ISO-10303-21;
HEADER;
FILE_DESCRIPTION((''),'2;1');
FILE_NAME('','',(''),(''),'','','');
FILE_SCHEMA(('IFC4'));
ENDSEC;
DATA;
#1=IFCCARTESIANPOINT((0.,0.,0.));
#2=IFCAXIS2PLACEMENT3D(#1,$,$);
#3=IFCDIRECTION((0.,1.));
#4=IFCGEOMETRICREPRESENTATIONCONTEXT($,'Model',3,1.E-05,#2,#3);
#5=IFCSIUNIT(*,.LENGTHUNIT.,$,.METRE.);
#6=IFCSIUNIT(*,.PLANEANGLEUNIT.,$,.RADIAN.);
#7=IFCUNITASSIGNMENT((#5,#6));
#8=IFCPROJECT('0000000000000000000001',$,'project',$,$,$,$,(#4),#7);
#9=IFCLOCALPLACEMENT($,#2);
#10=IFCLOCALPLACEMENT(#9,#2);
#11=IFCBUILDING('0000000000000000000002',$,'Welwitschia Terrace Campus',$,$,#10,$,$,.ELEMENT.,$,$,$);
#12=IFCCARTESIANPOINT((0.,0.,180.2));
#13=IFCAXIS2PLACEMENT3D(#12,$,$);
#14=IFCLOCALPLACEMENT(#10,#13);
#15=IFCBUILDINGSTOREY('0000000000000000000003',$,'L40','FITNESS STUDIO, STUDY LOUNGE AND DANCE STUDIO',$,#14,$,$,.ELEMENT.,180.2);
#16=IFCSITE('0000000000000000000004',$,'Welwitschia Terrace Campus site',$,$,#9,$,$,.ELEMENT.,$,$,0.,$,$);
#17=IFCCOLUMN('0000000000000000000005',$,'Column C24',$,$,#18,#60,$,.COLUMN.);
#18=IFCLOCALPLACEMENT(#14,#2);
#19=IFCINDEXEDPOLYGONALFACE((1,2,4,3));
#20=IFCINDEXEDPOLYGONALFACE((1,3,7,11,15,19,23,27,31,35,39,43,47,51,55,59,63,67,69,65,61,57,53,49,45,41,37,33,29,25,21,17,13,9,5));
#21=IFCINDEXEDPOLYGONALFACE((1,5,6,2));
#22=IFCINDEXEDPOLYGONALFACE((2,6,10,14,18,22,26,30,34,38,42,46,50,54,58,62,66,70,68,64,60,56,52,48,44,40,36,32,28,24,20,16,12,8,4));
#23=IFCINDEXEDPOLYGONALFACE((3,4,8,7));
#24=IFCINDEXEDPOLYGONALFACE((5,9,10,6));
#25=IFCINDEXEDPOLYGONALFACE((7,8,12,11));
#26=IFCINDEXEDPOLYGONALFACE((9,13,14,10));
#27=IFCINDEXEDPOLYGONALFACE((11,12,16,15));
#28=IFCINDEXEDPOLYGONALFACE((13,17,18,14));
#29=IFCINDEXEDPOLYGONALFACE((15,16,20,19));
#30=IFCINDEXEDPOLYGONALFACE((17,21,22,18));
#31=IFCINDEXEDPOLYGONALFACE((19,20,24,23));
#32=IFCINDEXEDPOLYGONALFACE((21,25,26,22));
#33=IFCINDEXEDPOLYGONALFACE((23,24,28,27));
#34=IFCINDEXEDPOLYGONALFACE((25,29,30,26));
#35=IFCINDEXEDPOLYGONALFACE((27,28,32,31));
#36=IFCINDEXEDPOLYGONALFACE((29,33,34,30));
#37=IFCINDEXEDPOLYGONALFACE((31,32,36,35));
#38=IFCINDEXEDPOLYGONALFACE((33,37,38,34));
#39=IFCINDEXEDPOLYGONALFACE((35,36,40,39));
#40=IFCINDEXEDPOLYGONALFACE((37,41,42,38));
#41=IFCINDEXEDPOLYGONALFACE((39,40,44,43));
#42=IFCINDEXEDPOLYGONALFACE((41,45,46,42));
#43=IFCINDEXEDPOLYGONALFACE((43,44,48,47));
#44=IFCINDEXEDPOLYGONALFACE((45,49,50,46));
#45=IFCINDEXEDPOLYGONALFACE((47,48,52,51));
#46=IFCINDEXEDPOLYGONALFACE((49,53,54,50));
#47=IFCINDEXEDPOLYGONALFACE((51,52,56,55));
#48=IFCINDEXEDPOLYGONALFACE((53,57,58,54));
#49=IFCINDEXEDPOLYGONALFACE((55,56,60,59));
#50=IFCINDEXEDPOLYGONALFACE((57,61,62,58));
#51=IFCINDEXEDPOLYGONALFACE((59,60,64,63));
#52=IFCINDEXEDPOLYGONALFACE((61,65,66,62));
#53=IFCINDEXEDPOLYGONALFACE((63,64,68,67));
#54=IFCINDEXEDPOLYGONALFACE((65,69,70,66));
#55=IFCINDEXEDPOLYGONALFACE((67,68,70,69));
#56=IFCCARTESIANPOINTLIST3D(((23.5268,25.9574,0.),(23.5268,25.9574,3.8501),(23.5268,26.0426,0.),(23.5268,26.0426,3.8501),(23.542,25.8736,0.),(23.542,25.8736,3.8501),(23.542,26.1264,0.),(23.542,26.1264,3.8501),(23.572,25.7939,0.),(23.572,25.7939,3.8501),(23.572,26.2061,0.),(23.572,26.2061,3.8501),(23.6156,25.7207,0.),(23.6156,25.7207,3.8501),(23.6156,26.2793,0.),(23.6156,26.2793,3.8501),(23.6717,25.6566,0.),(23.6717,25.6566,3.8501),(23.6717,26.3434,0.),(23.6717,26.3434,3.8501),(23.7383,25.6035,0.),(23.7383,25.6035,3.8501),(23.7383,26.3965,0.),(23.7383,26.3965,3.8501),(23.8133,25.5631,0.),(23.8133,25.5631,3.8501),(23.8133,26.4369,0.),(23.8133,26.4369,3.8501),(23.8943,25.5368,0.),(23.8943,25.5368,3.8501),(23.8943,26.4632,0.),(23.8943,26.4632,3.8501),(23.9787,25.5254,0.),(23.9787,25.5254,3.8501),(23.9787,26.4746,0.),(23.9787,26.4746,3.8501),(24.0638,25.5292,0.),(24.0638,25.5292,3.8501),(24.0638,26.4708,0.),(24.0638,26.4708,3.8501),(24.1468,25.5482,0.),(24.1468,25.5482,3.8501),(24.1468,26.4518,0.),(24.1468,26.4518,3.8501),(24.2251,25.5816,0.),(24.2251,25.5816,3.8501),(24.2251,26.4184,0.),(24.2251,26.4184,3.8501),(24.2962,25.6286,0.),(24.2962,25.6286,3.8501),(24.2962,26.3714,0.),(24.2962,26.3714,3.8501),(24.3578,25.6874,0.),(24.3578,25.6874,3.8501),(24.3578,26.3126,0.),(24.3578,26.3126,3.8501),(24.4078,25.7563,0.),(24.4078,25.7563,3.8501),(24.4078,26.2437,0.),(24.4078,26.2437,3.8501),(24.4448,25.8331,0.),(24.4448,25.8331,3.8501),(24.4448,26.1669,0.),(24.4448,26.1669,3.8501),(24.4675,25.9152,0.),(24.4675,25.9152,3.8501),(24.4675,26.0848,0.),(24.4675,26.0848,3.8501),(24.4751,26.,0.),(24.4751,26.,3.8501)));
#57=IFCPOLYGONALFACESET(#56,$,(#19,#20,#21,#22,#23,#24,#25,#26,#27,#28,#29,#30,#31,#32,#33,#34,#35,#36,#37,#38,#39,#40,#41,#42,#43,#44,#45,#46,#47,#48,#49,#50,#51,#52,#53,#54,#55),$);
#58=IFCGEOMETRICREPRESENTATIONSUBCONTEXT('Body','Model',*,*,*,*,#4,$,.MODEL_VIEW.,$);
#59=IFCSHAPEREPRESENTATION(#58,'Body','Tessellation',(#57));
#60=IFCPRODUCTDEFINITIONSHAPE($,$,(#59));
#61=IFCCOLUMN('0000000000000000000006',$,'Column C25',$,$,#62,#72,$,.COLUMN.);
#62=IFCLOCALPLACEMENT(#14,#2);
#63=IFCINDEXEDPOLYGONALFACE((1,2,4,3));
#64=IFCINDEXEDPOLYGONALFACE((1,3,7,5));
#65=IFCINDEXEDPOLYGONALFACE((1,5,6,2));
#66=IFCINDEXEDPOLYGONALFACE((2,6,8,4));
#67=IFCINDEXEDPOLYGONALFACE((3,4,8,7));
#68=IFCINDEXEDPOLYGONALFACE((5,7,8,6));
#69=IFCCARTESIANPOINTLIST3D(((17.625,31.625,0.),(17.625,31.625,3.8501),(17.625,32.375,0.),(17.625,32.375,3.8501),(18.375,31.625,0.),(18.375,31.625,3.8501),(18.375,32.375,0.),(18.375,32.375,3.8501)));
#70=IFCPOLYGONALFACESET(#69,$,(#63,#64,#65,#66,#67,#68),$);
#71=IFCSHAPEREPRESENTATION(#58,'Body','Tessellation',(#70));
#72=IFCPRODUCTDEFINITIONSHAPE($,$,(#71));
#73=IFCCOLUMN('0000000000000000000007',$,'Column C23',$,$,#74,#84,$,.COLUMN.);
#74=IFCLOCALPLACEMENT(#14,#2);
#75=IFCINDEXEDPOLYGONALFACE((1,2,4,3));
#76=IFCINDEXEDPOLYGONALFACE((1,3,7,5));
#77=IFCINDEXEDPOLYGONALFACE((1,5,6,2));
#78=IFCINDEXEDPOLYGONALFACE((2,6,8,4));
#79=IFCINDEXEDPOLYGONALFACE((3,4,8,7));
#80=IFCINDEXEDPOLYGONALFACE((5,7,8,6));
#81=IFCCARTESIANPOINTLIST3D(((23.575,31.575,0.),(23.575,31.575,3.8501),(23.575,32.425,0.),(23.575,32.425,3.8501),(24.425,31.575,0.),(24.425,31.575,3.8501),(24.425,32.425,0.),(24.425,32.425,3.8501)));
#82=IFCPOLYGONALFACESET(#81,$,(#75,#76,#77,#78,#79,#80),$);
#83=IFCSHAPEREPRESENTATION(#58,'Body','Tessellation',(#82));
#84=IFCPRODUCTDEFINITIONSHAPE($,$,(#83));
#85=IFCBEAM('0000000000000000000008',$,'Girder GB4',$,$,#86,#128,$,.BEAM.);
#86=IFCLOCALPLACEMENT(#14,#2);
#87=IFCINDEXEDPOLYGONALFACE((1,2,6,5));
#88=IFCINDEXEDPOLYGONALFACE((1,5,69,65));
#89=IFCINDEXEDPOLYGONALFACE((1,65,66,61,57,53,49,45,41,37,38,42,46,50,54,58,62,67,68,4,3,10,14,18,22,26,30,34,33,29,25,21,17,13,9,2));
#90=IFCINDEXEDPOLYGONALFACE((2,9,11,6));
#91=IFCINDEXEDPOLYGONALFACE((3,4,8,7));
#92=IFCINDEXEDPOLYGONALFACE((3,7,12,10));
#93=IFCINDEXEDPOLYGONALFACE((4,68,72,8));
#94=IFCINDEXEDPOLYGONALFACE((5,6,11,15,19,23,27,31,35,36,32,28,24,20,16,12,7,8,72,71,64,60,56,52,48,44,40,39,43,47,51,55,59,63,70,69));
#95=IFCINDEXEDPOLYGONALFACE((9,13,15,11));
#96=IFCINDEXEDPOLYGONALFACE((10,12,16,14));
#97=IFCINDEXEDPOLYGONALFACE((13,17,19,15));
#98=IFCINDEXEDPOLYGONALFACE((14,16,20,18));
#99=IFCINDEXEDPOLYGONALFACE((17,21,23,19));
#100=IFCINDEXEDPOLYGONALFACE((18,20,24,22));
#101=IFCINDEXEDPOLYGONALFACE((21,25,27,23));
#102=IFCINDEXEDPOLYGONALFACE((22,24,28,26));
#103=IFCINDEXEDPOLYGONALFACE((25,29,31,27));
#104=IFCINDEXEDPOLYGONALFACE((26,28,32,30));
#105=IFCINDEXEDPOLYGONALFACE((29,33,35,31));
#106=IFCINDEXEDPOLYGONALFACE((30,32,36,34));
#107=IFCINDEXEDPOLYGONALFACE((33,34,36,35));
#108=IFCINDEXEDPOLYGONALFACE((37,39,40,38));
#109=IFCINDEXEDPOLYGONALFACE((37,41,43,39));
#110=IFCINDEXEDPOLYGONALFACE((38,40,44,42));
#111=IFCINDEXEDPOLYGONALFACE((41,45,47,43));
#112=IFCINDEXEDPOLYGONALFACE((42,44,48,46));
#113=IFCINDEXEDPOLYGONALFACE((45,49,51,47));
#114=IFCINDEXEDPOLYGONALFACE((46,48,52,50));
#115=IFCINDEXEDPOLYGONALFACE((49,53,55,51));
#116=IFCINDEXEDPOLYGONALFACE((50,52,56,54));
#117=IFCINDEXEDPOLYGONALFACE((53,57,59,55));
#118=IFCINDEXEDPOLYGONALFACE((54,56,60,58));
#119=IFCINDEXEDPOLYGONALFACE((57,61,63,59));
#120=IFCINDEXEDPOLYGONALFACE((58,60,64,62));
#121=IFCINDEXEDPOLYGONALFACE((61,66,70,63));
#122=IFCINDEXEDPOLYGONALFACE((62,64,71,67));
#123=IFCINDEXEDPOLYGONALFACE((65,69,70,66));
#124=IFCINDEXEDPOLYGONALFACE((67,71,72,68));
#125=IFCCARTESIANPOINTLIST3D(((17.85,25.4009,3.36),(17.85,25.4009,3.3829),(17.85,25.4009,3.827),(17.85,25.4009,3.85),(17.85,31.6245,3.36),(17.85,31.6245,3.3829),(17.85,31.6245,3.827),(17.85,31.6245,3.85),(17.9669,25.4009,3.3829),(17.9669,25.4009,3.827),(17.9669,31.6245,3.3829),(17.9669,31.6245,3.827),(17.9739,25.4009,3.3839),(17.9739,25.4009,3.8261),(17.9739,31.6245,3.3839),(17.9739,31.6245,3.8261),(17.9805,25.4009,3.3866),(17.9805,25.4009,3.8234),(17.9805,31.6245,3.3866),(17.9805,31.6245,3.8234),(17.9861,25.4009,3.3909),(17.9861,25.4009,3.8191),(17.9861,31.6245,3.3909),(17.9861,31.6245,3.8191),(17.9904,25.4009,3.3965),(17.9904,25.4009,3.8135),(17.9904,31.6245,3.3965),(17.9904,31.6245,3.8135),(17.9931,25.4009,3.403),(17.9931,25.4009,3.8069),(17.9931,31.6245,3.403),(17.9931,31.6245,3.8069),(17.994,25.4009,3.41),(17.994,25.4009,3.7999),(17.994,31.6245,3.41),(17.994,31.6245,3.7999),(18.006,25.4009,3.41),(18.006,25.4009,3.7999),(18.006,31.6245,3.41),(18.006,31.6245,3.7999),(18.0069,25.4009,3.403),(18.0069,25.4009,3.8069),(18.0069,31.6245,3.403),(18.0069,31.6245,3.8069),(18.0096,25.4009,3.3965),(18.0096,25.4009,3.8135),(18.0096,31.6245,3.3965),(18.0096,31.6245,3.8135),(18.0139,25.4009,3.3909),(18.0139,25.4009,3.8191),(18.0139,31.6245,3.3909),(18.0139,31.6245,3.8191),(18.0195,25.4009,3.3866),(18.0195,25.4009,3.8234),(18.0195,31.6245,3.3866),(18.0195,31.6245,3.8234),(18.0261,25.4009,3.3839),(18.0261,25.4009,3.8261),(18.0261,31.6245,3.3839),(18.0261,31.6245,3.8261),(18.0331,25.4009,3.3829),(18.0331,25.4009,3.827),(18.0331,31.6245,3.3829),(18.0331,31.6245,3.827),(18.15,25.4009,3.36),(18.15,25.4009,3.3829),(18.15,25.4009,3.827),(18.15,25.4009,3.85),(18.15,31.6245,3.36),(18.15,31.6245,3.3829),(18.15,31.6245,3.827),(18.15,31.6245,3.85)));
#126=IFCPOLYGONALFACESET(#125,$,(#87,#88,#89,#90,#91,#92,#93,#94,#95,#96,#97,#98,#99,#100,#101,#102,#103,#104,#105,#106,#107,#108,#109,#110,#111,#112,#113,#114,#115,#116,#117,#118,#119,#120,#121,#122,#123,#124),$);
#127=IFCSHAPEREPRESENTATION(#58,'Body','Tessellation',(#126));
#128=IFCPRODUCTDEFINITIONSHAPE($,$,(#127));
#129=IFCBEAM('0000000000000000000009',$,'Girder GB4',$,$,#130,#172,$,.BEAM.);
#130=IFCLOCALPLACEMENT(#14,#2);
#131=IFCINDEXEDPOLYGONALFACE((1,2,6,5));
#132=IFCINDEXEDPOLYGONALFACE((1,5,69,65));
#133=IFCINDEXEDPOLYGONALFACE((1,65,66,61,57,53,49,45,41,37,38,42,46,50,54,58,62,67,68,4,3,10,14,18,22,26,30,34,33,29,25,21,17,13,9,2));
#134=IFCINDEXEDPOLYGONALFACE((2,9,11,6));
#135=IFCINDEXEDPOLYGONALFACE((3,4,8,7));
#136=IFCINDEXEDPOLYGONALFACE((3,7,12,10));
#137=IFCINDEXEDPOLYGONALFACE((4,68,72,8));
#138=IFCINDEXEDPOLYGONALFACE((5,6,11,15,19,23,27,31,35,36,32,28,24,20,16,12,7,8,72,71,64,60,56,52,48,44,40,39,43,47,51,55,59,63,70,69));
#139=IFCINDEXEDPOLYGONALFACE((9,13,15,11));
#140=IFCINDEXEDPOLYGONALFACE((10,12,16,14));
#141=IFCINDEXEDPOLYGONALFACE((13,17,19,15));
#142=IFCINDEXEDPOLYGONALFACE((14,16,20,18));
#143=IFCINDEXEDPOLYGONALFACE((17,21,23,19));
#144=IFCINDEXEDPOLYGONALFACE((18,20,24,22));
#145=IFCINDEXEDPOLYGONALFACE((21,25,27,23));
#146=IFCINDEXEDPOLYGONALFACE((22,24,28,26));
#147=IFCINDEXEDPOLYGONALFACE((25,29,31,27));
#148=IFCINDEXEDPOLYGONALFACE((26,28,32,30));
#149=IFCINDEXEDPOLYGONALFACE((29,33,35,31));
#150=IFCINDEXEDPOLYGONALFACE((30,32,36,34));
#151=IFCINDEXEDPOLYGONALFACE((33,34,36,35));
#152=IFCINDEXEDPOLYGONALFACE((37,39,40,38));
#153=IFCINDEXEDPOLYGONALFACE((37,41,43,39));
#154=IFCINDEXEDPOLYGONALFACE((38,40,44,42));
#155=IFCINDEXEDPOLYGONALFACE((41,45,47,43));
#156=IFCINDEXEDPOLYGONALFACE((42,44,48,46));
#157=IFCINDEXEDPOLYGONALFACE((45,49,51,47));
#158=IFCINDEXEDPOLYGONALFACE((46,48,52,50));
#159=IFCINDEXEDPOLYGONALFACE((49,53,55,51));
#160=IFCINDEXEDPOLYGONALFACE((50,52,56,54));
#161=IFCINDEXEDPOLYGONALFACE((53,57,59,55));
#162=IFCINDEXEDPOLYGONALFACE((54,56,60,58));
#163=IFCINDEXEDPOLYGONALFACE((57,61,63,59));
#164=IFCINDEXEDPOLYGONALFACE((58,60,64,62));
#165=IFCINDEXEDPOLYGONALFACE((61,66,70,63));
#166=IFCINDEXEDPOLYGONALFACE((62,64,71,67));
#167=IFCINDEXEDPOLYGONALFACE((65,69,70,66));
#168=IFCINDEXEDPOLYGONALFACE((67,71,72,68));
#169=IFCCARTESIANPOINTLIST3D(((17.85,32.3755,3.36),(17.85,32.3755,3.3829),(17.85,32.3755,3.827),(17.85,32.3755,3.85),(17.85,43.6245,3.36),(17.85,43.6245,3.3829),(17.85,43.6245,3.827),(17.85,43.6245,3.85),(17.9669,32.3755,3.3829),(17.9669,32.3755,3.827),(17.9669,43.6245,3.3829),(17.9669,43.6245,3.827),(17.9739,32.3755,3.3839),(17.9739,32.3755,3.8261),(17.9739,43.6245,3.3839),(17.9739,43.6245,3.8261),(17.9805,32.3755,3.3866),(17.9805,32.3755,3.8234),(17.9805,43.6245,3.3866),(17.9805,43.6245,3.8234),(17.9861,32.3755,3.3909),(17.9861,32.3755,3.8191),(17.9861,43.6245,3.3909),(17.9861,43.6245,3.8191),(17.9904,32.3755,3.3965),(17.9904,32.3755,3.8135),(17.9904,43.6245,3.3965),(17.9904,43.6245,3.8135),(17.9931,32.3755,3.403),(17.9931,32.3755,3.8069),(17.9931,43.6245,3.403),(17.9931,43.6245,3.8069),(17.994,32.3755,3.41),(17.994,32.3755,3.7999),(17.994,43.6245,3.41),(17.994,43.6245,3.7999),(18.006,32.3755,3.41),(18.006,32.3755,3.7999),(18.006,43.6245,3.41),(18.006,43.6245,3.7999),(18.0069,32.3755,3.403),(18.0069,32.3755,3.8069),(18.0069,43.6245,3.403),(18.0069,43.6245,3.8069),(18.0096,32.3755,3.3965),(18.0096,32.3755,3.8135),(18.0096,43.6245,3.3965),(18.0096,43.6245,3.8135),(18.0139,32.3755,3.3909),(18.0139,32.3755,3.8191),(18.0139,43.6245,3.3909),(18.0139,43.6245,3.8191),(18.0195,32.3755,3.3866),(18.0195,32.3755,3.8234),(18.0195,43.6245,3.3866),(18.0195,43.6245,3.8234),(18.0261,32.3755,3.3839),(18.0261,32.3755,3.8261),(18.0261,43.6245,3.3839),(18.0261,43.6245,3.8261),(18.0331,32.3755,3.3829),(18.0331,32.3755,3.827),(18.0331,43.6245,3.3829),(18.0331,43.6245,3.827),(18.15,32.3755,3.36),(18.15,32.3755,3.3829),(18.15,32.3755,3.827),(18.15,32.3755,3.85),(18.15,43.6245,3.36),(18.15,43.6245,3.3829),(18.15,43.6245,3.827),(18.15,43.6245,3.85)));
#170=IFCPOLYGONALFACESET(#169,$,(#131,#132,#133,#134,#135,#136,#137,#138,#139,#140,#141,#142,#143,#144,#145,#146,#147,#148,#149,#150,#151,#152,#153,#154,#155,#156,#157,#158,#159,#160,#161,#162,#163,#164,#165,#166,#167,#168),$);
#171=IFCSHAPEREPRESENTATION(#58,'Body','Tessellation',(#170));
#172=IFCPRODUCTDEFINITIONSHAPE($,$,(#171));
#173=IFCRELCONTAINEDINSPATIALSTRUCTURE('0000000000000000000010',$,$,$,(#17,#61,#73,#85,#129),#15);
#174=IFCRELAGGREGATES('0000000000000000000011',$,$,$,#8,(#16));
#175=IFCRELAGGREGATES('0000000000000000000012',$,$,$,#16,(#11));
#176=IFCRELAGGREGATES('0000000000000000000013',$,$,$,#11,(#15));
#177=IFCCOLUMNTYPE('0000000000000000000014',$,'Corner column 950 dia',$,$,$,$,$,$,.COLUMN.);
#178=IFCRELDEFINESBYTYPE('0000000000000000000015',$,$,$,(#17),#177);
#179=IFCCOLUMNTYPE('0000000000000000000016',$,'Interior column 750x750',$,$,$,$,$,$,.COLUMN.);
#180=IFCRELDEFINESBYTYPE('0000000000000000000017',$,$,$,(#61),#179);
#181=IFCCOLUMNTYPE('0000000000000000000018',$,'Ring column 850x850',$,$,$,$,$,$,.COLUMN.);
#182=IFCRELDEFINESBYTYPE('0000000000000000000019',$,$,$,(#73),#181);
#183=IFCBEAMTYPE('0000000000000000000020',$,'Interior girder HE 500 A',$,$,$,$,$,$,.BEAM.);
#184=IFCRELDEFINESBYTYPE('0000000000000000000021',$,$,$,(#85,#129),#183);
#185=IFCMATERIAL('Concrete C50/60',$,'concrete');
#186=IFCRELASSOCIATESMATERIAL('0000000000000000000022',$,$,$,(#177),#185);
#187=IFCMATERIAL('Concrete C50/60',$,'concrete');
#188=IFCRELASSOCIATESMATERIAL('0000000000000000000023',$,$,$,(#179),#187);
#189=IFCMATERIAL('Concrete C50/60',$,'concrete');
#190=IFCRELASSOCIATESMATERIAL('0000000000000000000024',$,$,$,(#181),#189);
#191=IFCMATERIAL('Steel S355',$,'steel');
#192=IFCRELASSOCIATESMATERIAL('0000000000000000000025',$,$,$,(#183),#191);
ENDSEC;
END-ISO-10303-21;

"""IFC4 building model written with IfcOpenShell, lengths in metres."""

from ifc_helpers import new_model, si_unit, direction, frame, origin, origin_2d, place, context, subcontext, project, spatial, rectangle, circle, i_section, extrude, material, material_profile, profile_set, type_object, element, save


model = new_model("IFC4")

# Units and contexts
model_context = context("Model", 3, precision=1e-05, world=origin(), true_north=direction((0.0, 1.0)))
body_context = subcontext(model_context, "Body", "Model", "MODEL_VIEW")
ifc_project = project(units=[si_unit("LENGTHUNIT", "METRE"), si_unit("PLANEANGLEUNIT", "RADIAN")], contexts=[model_context])

# Site, building, storey
site_placement = place(None, origin())
site = spatial("IfcSite", under=ifc_project, at=site_placement, Name="Welwitschia Terrace Campus site", CompositionType="ELEMENT", RefElevation=0.0)
building_placement = place(site_placement, origin())
building = spatial("IfcBuilding", under=site, at=building_placement, Name="Welwitschia Terrace Campus", CompositionType="ELEMENT")
storey_placement = place(building_placement, frame((0.0, 0.0, 180.2)))
storey = spatial("IfcBuildingStorey", under=building, at=storey_placement, Name="L40", Description="FITNESS STUDIO, STUDY LOUNGE AND DANCE STUDIO", CompositionType="ELEMENT", Elevation=180.2)

# Columns
ifc_material_1 = material(Name="Concrete C50/60", Category="concrete")
ifc_material_profile_1 = material_profile(ifc_material_1, circle(Radius=0.4751, at=origin_2d()))
ifc_profile_set_1 = profile_set([ifc_material_profile_1], Name="Concrete C50/60")
column_type_1 = type_object("IfcColumnType", Name="Corner column 950 dia", PredefinedType="COLUMN", material=ifc_profile_set_1)
column_1_placement = place(storey_placement, frame((24.0, 26.0, 0.0), z_axis=(0.0, 0.0, 1.0), x_axis=(1.0, 0.0, 0.0)))
element("IfcColumn", 1, at=column_1_placement, inside=storey, type_object=column_type_1, Name="Column C24", PredefinedType="COLUMN", context=body_context, shape_type="SweptSolid", body=[
    extrude(circle(Radius=0.4751, at=origin_2d()), origin(), (0.0, 0.0, 1.0), 3.8501),
])
ifc_material_2 = material(Name="Concrete C50/60", Category="concrete")
ifc_material_profile_2 = material_profile(ifc_material_2, rectangle(XDim=0.75, YDim=0.75, at=origin_2d()))
ifc_profile_set_2 = profile_set([ifc_material_profile_2], Name="Concrete C50/60")
column_type_2 = type_object("IfcColumnType", Name="Interior column 750x750", PredefinedType="COLUMN", material=ifc_profile_set_2)
column_2_placement = place(storey_placement, frame((18.0, 32.0, 0.0), z_axis=(0.0, 0.0, 1.0), x_axis=(1.0, 0.0, 0.0)))
element("IfcColumn", 2, at=column_2_placement, inside=storey, type_object=column_type_2, Name="Column C25", PredefinedType="COLUMN", context=body_context, shape_type="SweptSolid", body=[
    extrude(rectangle(XDim=0.75, YDim=0.75, at=origin_2d()), origin(), (0.0, 0.0, 1.0), 3.8501),
])
ifc_material_3 = material(Name="Concrete C50/60", Category="concrete")
ifc_material_profile_3 = material_profile(ifc_material_3, rectangle(XDim=0.8501, YDim=0.8501, at=origin_2d()))
ifc_profile_set_3 = profile_set([ifc_material_profile_3], Name="Concrete C50/60")
column_type_3 = type_object("IfcColumnType", Name="Ring column 850x850", PredefinedType="COLUMN", material=ifc_profile_set_3)
column_3_placement = place(storey_placement, frame((24.0, 32.0, 0.0), z_axis=(0.0, 0.0, 1.0), x_axis=(1.0, 0.0, 0.0)))
element("IfcColumn", 3, at=column_3_placement, inside=storey, type_object=column_type_3, Name="Column C23", PredefinedType="COLUMN", context=body_context, shape_type="SweptSolid", body=[
    extrude(rectangle(XDim=0.8501, YDim=0.8501, at=origin_2d()), origin(), (0.0, 0.0, 1.0), 3.8501),
])

# Beams
ifc_material_4 = material(Name="Steel S355", Category="steel")
ifc_material_profile_4 = material_profile(ifc_material_4, i_section(OverallWidth=0.3, OverallDepth=0.49, WebThickness=0.012, FlangeThickness=0.0229, FilletRadius=0.0271, at=origin_2d()))
ifc_profile_set_4 = profile_set([ifc_material_profile_4], Name="Steel S355")
beam_type_1 = type_object("IfcBeamType", Name="Interior girder HE 500 A", PredefinedType="BEAM", material=ifc_profile_set_4)
beam_1_placement = place(storey_placement, frame((18.0, 25.4009, 3.605), z_axis=(0.0, 1.0, 0.0), x_axis=(-1.0, 0.0, 0.0)))
element("IfcBeam", 4, at=beam_1_placement, inside=storey, type_object=beam_type_1, Name="Girder GB4", PredefinedType="BEAM", context=body_context, shape_type="SweptSolid", body=[
    extrude(i_section(OverallWidth=0.3, OverallDepth=0.49, WebThickness=0.012, FlangeThickness=0.0229, FilletRadius=0.0271, at=origin_2d()), origin(), (0.0, 0.0, 1.0), 6.2236),
])
beam_2_placement = place(storey_placement, frame((18.0, 32.3755, 3.605), z_axis=(0.0, 1.0, 0.0), x_axis=(-1.0, 0.0, 0.0)))
element("IfcBeam", 5, at=beam_2_placement, inside=storey, type_object=beam_type_1, Name="Girder GB4", PredefinedType="BEAM", context=body_context, shape_type="SweptSolid", body=[
    extrude(i_section(OverallWidth=0.3, OverallDepth=0.49, WebThickness=0.012, FlangeThickness=0.0229, FilletRadius=0.0271, at=origin_2d()), origin(), (0.0, 0.0, 1.0), 11.249),
])

save(model, "model.ifc")
